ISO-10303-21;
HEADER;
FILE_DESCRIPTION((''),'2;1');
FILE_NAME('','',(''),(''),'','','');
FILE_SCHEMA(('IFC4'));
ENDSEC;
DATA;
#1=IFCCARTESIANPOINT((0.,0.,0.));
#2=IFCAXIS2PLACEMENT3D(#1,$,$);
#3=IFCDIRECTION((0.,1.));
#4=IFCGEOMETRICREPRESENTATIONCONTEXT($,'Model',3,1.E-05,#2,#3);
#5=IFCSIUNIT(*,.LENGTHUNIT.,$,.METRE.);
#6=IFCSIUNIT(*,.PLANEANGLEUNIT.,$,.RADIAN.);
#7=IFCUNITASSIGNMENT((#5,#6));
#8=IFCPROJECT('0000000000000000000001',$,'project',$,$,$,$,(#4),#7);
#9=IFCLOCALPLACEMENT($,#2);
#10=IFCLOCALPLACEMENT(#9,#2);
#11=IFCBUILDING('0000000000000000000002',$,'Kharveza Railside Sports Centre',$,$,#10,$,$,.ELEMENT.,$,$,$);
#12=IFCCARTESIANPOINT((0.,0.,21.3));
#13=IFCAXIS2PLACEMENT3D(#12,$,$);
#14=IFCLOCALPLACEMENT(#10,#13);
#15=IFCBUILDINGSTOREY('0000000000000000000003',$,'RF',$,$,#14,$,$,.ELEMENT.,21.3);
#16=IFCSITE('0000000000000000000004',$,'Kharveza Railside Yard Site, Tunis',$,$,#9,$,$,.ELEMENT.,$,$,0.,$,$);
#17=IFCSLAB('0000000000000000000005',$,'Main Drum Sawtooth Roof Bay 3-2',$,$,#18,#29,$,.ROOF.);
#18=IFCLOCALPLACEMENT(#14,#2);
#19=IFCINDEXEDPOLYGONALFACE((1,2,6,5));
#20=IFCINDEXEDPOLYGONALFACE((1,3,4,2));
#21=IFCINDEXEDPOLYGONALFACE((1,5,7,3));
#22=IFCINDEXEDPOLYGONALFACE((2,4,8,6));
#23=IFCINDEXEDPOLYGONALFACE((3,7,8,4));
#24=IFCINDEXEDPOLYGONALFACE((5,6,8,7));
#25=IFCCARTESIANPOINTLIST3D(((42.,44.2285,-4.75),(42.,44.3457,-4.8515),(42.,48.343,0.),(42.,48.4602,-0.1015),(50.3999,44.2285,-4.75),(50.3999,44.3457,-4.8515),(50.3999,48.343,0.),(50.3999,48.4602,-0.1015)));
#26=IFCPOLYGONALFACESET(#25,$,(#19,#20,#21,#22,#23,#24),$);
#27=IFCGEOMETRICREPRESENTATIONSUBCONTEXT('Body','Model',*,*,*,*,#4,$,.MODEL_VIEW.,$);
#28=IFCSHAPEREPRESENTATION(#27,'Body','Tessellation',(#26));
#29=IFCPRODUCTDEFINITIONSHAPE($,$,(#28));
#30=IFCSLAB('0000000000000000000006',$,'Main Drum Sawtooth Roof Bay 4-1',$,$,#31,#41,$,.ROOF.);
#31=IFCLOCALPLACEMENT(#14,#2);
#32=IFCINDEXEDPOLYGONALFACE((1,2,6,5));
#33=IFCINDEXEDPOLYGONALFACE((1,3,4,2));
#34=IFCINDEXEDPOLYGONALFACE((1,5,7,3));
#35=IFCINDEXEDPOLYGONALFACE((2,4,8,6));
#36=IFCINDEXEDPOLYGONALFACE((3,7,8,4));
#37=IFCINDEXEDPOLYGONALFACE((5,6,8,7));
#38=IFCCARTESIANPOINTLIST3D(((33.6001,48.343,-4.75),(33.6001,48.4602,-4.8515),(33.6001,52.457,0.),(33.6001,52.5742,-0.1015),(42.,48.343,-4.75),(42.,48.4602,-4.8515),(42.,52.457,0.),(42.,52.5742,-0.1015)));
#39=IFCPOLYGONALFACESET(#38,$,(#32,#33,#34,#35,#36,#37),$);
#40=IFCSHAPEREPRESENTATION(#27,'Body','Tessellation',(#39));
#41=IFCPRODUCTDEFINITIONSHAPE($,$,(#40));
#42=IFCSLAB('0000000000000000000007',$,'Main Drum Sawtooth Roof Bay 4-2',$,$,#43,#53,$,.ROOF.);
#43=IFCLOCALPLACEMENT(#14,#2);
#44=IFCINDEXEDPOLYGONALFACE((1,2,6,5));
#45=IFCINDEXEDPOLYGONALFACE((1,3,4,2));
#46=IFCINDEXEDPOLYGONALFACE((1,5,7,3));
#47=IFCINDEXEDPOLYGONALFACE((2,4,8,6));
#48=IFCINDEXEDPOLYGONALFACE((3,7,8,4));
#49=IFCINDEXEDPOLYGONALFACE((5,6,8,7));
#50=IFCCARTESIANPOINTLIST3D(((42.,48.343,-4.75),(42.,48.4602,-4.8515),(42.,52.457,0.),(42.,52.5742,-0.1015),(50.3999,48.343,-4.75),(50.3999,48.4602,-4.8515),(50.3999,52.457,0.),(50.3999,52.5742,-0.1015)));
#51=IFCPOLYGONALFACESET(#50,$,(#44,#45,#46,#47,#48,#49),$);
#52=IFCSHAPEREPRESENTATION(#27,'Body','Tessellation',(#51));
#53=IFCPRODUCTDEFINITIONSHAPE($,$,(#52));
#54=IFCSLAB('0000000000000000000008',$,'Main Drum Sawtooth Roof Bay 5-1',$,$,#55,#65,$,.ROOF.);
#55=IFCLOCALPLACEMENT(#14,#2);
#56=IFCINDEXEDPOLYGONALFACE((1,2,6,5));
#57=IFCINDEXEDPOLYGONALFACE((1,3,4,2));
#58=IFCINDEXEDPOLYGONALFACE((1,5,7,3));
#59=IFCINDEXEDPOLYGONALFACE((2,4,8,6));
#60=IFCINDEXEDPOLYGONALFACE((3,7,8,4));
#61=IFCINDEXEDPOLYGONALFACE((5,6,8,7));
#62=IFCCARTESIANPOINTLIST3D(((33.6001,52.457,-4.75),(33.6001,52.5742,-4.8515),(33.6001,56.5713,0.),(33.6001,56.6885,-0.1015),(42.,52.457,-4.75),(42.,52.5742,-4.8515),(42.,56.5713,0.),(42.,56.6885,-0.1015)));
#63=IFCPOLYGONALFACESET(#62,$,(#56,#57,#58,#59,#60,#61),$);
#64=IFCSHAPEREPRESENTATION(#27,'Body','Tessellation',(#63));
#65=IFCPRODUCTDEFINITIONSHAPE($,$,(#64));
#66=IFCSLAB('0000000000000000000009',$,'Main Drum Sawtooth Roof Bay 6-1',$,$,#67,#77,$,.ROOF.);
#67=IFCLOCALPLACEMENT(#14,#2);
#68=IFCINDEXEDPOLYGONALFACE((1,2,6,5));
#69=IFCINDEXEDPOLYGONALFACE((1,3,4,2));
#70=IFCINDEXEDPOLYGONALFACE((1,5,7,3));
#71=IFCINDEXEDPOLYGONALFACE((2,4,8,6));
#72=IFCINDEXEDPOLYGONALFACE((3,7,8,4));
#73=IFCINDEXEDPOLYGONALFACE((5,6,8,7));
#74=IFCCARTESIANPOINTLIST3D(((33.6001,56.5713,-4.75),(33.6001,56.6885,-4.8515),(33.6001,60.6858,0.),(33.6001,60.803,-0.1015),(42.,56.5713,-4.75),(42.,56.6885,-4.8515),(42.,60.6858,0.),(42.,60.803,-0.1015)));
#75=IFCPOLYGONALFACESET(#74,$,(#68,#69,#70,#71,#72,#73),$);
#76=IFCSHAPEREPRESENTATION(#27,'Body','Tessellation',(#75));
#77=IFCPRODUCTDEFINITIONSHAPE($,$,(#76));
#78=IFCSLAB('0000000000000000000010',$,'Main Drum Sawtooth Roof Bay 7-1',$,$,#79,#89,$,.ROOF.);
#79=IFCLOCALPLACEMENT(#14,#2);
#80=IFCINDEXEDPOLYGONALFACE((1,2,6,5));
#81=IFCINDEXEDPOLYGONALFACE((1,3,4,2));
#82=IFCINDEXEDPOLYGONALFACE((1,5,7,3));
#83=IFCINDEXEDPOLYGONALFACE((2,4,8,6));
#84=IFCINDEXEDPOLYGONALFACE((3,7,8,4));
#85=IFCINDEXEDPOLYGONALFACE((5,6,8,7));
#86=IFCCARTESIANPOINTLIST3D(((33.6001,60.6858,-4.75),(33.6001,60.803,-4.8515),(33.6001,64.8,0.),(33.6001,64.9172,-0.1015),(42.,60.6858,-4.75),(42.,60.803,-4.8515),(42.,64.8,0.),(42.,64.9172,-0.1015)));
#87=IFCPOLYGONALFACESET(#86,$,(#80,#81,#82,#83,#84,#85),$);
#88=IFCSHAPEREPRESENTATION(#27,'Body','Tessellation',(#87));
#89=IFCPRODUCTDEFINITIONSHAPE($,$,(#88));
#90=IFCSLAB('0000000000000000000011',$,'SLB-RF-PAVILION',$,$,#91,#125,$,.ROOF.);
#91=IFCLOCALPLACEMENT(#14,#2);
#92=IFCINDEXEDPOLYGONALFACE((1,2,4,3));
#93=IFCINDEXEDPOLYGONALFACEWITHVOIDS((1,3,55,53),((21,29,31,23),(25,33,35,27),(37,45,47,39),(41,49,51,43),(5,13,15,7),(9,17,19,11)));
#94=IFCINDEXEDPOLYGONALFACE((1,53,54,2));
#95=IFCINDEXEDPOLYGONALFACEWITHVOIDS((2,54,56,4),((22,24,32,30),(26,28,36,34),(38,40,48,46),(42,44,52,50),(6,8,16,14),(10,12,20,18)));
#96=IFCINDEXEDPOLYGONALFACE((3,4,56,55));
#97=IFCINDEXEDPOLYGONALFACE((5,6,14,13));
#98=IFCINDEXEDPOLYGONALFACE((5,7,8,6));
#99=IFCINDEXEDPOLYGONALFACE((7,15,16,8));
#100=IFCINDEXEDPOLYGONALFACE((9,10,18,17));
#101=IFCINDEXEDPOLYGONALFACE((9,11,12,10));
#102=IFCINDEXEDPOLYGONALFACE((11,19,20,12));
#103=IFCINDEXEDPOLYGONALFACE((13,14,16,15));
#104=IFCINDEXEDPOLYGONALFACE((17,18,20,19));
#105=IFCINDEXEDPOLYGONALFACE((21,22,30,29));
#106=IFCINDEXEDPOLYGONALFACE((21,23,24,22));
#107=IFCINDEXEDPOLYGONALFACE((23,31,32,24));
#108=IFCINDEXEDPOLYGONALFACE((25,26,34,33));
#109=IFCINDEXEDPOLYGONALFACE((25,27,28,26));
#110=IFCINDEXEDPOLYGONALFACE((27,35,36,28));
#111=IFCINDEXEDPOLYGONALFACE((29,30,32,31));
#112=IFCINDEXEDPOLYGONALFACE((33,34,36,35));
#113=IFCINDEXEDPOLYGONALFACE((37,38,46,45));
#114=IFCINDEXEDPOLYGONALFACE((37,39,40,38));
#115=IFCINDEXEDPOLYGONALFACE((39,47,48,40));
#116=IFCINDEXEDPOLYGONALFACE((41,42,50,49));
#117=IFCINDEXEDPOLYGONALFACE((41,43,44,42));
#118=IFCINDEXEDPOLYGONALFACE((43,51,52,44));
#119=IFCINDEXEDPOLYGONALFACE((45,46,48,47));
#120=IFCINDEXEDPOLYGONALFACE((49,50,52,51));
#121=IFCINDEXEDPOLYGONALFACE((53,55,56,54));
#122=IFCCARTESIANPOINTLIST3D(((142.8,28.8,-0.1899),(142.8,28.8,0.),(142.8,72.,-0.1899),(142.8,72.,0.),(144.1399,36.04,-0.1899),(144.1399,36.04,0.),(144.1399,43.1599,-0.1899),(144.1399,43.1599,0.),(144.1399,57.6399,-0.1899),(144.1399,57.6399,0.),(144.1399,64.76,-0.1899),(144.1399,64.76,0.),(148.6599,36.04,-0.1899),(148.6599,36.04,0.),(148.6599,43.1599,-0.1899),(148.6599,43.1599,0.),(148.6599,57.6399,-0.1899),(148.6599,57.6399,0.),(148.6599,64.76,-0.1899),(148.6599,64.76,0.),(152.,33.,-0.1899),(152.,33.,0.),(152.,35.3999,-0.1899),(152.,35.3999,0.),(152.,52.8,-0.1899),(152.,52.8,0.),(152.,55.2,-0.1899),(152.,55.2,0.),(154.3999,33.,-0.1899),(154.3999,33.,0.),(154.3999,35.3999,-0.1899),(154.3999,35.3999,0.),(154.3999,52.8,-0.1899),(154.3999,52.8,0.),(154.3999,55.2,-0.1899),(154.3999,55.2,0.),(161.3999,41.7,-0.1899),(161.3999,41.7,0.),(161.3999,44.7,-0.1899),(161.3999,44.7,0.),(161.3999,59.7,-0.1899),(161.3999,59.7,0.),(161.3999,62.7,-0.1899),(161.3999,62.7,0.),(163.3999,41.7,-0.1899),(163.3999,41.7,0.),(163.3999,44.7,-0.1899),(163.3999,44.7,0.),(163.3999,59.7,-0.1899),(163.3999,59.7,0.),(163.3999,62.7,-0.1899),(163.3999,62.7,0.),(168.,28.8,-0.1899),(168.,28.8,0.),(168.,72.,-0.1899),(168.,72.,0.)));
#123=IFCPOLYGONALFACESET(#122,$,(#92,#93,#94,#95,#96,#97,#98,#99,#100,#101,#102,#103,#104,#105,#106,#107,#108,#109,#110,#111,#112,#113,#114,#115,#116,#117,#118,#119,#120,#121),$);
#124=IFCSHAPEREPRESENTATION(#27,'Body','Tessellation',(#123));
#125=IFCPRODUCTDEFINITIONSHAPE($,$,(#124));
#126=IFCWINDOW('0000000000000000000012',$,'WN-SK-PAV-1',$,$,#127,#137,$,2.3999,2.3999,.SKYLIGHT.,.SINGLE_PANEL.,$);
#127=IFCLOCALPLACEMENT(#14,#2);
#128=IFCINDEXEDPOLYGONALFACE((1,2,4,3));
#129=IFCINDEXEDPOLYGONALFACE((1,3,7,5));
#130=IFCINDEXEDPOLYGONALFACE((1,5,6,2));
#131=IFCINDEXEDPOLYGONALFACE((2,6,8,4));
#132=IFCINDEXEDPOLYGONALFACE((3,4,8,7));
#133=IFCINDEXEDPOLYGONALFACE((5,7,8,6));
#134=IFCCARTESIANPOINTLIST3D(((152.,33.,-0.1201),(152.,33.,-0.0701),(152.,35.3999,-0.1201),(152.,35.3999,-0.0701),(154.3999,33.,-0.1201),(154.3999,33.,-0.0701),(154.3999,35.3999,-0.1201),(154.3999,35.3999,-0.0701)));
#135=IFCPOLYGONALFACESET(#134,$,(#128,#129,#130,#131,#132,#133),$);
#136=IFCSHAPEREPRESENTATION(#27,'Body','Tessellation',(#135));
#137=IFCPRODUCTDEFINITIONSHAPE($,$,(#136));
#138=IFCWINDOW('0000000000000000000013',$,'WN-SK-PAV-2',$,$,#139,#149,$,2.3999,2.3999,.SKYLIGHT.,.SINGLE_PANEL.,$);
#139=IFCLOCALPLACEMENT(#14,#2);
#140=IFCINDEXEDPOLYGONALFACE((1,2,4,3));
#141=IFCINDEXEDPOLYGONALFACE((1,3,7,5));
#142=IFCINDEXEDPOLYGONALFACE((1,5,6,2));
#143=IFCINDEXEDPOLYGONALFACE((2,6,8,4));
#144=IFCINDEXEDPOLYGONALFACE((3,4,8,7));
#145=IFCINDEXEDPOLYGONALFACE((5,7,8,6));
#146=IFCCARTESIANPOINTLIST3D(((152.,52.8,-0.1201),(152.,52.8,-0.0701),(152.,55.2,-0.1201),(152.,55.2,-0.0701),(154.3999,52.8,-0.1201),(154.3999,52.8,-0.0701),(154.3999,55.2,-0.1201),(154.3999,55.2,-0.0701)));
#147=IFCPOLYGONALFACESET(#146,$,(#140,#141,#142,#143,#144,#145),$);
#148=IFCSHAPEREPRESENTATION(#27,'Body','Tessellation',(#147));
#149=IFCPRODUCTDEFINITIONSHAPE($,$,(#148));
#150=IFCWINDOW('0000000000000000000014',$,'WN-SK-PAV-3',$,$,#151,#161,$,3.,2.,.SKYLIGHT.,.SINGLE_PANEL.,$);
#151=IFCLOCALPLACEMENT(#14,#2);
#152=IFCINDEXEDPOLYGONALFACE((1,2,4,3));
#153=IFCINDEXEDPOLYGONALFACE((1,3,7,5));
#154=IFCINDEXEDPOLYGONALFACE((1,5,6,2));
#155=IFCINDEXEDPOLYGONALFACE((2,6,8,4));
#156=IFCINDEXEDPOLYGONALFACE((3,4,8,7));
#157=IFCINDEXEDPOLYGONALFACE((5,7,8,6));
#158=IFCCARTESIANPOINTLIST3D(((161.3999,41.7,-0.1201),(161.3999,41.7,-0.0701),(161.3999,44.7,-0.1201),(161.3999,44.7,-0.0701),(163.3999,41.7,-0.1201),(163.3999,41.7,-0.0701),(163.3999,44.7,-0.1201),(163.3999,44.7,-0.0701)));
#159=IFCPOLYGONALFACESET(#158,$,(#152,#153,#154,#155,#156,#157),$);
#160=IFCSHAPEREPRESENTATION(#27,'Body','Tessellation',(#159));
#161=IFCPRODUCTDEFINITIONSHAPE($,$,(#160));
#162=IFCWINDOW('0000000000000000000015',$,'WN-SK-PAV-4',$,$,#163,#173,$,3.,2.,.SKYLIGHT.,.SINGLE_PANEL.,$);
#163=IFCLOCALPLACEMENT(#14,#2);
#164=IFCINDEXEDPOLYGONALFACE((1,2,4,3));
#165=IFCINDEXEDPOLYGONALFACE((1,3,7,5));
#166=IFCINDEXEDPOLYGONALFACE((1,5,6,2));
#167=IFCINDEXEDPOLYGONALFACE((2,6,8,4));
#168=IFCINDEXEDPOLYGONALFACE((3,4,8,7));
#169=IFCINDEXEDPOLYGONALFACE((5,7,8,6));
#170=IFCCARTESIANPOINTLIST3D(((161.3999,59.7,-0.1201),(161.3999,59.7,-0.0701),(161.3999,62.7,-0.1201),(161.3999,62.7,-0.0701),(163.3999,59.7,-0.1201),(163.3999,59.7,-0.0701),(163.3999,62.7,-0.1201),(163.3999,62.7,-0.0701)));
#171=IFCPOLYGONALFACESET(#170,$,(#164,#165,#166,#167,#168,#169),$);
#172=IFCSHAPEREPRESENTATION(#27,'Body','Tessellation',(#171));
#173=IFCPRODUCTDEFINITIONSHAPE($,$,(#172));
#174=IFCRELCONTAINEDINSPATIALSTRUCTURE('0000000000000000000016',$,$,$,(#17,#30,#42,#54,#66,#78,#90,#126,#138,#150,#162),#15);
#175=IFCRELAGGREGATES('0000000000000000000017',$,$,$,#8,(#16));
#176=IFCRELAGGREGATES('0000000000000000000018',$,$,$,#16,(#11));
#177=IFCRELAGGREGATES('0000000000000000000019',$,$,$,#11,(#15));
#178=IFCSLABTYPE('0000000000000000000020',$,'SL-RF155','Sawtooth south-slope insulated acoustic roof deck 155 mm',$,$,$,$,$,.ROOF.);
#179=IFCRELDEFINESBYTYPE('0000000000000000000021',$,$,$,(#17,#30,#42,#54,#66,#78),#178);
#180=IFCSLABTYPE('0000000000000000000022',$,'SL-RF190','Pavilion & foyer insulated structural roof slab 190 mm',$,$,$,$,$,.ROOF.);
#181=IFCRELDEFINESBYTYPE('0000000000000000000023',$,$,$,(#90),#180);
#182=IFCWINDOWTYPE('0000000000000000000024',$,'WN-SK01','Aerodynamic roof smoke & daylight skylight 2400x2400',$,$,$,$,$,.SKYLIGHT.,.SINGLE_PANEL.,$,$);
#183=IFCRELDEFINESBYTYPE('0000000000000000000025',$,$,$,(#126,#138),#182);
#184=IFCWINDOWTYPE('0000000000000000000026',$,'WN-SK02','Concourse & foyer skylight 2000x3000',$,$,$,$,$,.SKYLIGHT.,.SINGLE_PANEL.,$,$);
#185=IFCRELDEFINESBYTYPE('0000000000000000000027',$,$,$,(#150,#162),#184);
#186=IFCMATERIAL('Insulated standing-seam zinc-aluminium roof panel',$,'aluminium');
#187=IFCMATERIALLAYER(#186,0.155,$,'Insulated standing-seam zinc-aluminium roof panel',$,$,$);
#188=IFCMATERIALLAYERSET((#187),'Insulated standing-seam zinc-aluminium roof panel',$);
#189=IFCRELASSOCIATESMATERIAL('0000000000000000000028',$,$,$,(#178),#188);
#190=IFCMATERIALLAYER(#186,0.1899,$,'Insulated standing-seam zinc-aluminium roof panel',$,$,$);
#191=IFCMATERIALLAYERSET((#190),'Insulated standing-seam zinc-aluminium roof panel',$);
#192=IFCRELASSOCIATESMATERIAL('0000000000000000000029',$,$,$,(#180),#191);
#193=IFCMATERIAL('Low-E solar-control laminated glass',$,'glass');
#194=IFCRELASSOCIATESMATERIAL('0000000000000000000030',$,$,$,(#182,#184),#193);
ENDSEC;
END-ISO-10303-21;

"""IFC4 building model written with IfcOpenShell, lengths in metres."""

from ifc_helpers import new_model, si_unit, direction, frame, origin, origin_2d, place, context, subcontext, project, spatial, polyline, rectangle, outline, extrude, material, layer, layer_set, type_object, element, fill, save


model = new_model("IFC4")

# Units and contexts
model_context = context("Model", 3, precision=1e-05, world=origin(), true_north=direction((0.0, 1.0)))
body_context = subcontext(model_context, "Body", "Model", "MODEL_VIEW")
ifc_project = project(units=[si_unit("LENGTHUNIT", "METRE"), si_unit("PLANEANGLEUNIT", "RADIAN")], contexts=[model_context])

# Site, building, storey
site_placement = place(None, origin())
site = spatial("IfcSite", under=ifc_project, at=site_placement, Name="Kharveza Railside Yard Site, Tunis", CompositionType="ELEMENT", RefElevation=0.0)
building_placement = place(site_placement, origin())
building = spatial("IfcBuilding", under=site, at=building_placement, Name="Kharveza Railside Sports Centre", CompositionType="ELEMENT")
storey_placement = place(building_placement, frame((0.0, 0.0, 21.3)))
storey = spatial("IfcBuildingStorey", under=building, at=storey_placement, Name="RF", CompositionType="ELEMENT", Elevation=21.3)

# Slabs
ifc_material_1 = material(Name="Insulated standing-seam zinc-aluminium roof panel", Category="aluminium")
ifc_layer_1 = layer(ifc_material_1, 0.155, Name="Insulated standing-seam zinc-aluminium roof panel")
ifc_layer_set_1 = layer_set([ifc_layer_1], Name="Insulated standing-seam zinc-aluminium roof panel")
slab_type_1 = type_object("IfcSlabType", Name="SL-RF155", Description="Sawtooth south-slope insulated acoustic roof deck 155 mm", PredefinedType="ROOF", material=ifc_layer_set_1)
for number, where, z_axis, x_axis, name in (
    (1, (42.0, 44.2285, -4.75), (0.0, -0.75586, 0.654734), (1.0, 0.0, 0.0), "Main Drum Sawtooth Roof Bay 3-2"),
):
    element("IfcSlab", number, at=place(storey_placement, frame(where, z_axis=z_axis, x_axis=x_axis)), inside=storey, type_object=slab_type_1, Name=name, PredefinedType="ROOF", context=body_context, shape_type="SweptSolid", body=[
        extrude(outline(polyline([(0.0, 0.0), (8.3999, 0.0), (8.3999, 6.2842), (0.0, 6.2842), (0.0, 0.0)])), origin(), (0.0, 0.0, -1.0), 0.155),
    ])
for number, where, z_axis, x_axis, name in (
    (2, (33.6001, 48.343, -4.75), (0.0, -0.755898, 0.654689), (1.0, 0.0, 0.0), "Main Drum Sawtooth Roof Bay 4-1"),
    (3, (42.0, 48.343, -4.75), (0.0, -0.755898, 0.654689), (1.0, 0.0, 0.0), "Main Drum Sawtooth Roof Bay 4-2"),
):
    element("IfcSlab", number, at=place(storey_placement, frame(where, z_axis=z_axis, x_axis=x_axis)), inside=storey, type_object=slab_type_1, Name=name, PredefinedType="ROOF", context=body_context, shape_type="SweptSolid", body=[
        extrude(outline(polyline([(0.0, 0.0), (8.3999, 0.0), (8.3999, 6.2839), (0.0, 6.2839), (0.0, 0.0)])), origin(), (0.0, 0.0, -1.0), 0.155),
    ])
slab_1_placement = place(storey_placement, frame((33.6001, 52.457, -4.75), z_axis=(0.0, -0.755879, 0.654712), x_axis=(1.0, 0.0, 0.0)))
element("IfcSlab", 4, at=slab_1_placement, inside=storey, type_object=slab_type_1, Name="Main Drum Sawtooth Roof Bay 5-1", PredefinedType="ROOF", context=body_context, shape_type="SweptSolid", body=[
    extrude(outline(polyline([(0.0, 0.0), (8.3999, 0.0), (8.3999, 6.2841), (0.0, 6.2841), (0.0, 0.0)])), origin(), (0.0, 0.0, -1.0), 0.155),
])
slab_2_placement = place(storey_placement, frame((33.6001, 56.5713, -4.75), z_axis=(0.0, -0.75586, 0.654734), x_axis=(1.0, 0.0, 0.0)))
element("IfcSlab", 5, at=slab_2_placement, inside=storey, type_object=slab_type_1, Name="Main Drum Sawtooth Roof Bay 6-1", PredefinedType="ROOF", context=body_context, shape_type="SweptSolid", body=[
    extrude(outline(polyline([(0.0, 0.0), (8.3999, 0.0), (8.3999, 6.2842), (0.0, 6.2842), (0.0, 0.0)])), origin(), (0.0, 0.0, -1.0), 0.155),
])
slab_3_placement = place(storey_placement, frame((33.6001, 60.6858, -4.75), z_axis=(0.0, -0.755879, 0.654712), x_axis=(1.0, 0.0, 0.0)))
element("IfcSlab", 6, at=slab_3_placement, inside=storey, type_object=slab_type_1, Name="Main Drum Sawtooth Roof Bay 7-1", PredefinedType="ROOF", context=body_context, shape_type="SweptSolid", body=[
    extrude(outline(polyline([(0.0, 0.0), (8.3999, 0.0), (8.3999, 6.2841), (0.0, 6.2841), (0.0, 0.0)])), origin(), (0.0, 0.0, -1.0), 0.155),
])

# Slab, openings, windows
ifc_layer_2 = layer(ifc_material_1, 0.1899, Name="Insulated standing-seam zinc-aluminium roof panel")
ifc_layer_set_2 = layer_set([ifc_layer_2], Name="Insulated standing-seam zinc-aluminium roof panel")
slab_type_2 = type_object("IfcSlabType", Name="SL-RF190", Description="Pavilion & foyer insulated structural roof slab 190 mm", PredefinedType="ROOF", material=ifc_layer_set_2)
slab_4_placement = place(storey_placement, frame((0.0, 0.0, -0.1899)))
slab_4 = element("IfcSlab", 7, at=slab_4_placement, inside=storey, type_object=slab_type_2, Name="SLB-RF-PAVILION", PredefinedType="ROOF", context=body_context, shape_type="SweptSolid", body=[
    extrude(outline(polyline([(168.0, 72.0), (168.0, 28.8), (142.8, 28.8), (142.8, 72.0), (168.0, 72.0)]), holes=[polyline([(148.6599, 43.1599), (144.1399, 43.1599), (144.1399, 36.04), (148.6599, 36.04), (148.6599, 43.1599)]), polyline([(148.6599, 57.6399), (148.6599, 64.76), (144.1399, 64.76), (144.1399, 57.6399), (148.6599, 57.6399)])]), origin(), (0.0, 0.0, 1.0), 0.1899),
])
opening_1_placement = place(slab_4_placement, frame((153.2, 34.2, -0.0249)))
opening_1 = element("IfcOpeningElement", 8, at=opening_1_placement, cuts=slab_4, PredefinedType="OPENING", context=body_context, shape_type="SweptSolid", body=[
    extrude(rectangle(XDim=2.3999, YDim=2.3999, at=origin_2d()), origin(), (0.0, 0.0, 1.0), 0.2397),
])
opening_2_placement = place(slab_4_placement, frame((153.2, 54.0, -0.0249)))
opening_2 = element("IfcOpeningElement", 9, at=opening_2_placement, cuts=slab_4, PredefinedType="OPENING", context=body_context, shape_type="SweptSolid", body=[
    extrude(rectangle(XDim=2.3999, YDim=2.3999, at=origin_2d()), origin(), (0.0, 0.0, 1.0), 0.2397),
])
opening_3_placement = place(slab_4_placement, frame((162.3999, 43.2, -0.0249)))
opening_3 = element("IfcOpeningElement", 10, at=opening_3_placement, cuts=slab_4, PredefinedType="OPENING", context=body_context, shape_type="SweptSolid", body=[
    extrude(rectangle(XDim=2.0, YDim=3.0, at=origin_2d()), origin(), (0.0, 0.0, 1.0), 0.2397),
])
opening_4_placement = place(slab_4_placement, frame((162.3999, 61.2, -0.0249)))
opening_4 = element("IfcOpeningElement", 11, at=opening_4_placement, cuts=slab_4, PredefinedType="OPENING", context=body_context, shape_type="SweptSolid", body=[
    extrude(rectangle(XDim=2.0, YDim=3.0, at=origin_2d()), origin(), (0.0, 0.0, 1.0), 0.2397),
])
ifc_material_2 = material(Name="Low-E solar-control laminated glass", Category="glass")
window_type_1 = type_object("IfcWindowType", Name="WN-SK01", Description="Aerodynamic roof smoke & daylight skylight 2400x2400", PartitioningType="SINGLE_PANEL", PredefinedType="SKYLIGHT", material=ifc_material_2)
window_1_placement = place(slab_4_placement, frame((153.2, 34.2, 0.0698)))
window_1 = element("IfcWindow", 12, at=window_1_placement, inside=storey, type_object=window_type_1, Name="WN-SK-PAV-1", OverallHeight=2.3999, OverallWidth=2.3999, PartitioningType="SINGLE_PANEL", PredefinedType="SKYLIGHT", context=body_context, shape_type="SweptSolid", body=[
    extrude(rectangle(XDim=2.3999, YDim=2.3999, at=origin_2d()), origin(), (0.0, 0.0, 1.0), 0.05),
])
fill(opening_1, window_1)
window_2_placement = place(slab_4_placement, frame((153.2, 54.0, 0.0698)))
window_2 = element("IfcWindow", 13, at=window_2_placement, inside=storey, type_object=window_type_1, Name="WN-SK-PAV-2", OverallHeight=2.3999, OverallWidth=2.3999, PartitioningType="SINGLE_PANEL", PredefinedType="SKYLIGHT", context=body_context, shape_type="SweptSolid", body=[
    extrude(rectangle(XDim=2.3999, YDim=2.3999, at=origin_2d()), origin(), (0.0, 0.0, 1.0), 0.05),
])
fill(opening_2, window_2)
window_type_2 = type_object("IfcWindowType", Name="WN-SK02", Description="Concourse & foyer skylight 2000x3000", PartitioningType="SINGLE_PANEL", PredefinedType="SKYLIGHT", material=ifc_material_2)
window_3_placement = place(slab_4_placement, frame((162.3999, 43.2, 0.0698)))
window_3 = element("IfcWindow", 14, at=window_3_placement, inside=storey, type_object=window_type_2, Name="WN-SK-PAV-3", OverallHeight=3.0, OverallWidth=2.0, PartitioningType="SINGLE_PANEL", PredefinedType="SKYLIGHT", context=body_context, shape_type="SweptSolid", body=[
    extrude(rectangle(XDim=2.0, YDim=3.0, at=origin_2d()), origin(), (0.0, 0.0, 1.0), 0.05),
])
fill(opening_3, window_3)
window_4_placement = place(slab_4_placement, frame((162.3999, 61.2, 0.0698)))
window_4 = element("IfcWindow", 15, at=window_4_placement, inside=storey, type_object=window_type_2, Name="WN-SK-PAV-4", OverallHeight=3.0, OverallWidth=2.0, PartitioningType="SINGLE_PANEL", PredefinedType="SKYLIGHT", context=body_context, shape_type="SweptSolid", body=[
    extrude(rectangle(XDim=2.0, YDim=3.0, at=origin_2d()), origin(), (0.0, 0.0, 1.0), 0.05),
])
fill(opening_4, window_4)

save(model, "model.ifc")
